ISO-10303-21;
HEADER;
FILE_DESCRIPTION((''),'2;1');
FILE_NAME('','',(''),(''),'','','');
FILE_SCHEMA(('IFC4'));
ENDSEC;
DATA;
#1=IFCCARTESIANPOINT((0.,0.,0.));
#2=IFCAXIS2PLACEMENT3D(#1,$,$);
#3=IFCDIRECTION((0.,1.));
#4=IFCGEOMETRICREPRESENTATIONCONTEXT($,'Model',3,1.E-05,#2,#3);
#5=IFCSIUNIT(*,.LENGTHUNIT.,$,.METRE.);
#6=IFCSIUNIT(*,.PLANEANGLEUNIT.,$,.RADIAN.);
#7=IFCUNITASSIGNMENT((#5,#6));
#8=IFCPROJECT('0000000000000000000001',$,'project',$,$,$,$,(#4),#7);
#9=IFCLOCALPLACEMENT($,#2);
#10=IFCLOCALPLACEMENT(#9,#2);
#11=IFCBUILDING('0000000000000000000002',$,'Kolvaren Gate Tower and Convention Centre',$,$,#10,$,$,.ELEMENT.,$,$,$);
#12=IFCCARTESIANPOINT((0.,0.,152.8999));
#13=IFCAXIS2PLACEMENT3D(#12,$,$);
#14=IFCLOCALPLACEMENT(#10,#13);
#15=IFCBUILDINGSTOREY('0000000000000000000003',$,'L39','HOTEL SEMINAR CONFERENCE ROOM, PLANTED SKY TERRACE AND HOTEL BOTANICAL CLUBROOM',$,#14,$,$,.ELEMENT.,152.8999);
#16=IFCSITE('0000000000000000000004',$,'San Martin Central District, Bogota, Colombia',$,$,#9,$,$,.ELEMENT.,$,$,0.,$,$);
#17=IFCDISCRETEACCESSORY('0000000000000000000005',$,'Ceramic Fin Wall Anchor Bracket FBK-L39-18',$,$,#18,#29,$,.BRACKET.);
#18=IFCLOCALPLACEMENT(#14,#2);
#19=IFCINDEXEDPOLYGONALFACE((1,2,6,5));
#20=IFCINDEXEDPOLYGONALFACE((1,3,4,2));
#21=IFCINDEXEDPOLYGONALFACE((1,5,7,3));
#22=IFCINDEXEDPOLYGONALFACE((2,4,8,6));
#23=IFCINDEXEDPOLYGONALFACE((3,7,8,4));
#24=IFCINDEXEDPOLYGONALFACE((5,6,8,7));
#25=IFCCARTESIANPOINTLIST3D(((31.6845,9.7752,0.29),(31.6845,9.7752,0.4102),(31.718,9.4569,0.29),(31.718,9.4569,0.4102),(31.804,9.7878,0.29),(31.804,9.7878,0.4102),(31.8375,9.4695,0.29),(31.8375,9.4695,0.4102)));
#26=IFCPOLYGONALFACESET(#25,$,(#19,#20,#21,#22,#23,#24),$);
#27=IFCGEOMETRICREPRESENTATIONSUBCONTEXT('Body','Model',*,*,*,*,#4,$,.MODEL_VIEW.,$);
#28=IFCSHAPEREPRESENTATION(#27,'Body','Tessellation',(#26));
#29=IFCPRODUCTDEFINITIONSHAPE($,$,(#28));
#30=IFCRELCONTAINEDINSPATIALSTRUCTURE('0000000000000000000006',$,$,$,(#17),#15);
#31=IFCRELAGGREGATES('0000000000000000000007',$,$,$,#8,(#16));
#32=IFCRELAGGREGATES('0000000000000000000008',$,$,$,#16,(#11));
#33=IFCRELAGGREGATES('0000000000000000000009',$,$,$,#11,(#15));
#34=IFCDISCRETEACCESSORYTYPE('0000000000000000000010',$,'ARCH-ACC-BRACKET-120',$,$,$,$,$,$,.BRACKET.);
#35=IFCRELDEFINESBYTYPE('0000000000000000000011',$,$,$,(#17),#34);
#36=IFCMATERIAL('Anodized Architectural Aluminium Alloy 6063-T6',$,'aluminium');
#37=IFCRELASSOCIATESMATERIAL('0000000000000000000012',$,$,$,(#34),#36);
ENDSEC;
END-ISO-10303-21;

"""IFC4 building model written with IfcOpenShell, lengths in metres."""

from ifc_helpers import new_model, si_unit, direction, frame, origin, origin_2d, place, context, subcontext, project, spatial, rectangle, extrude, material, type_object, element, save


model = new_model("IFC4")

# Units and contexts
model_context = context("Model", 3, precision=1e-05, world=origin(), true_north=direction((0.0, 1.0)))
body_context = subcontext(model_context, "Body", "Model", "MODEL_VIEW")
ifc_project = project(units=[si_unit("LENGTHUNIT", "METRE"), si_unit("PLANEANGLEUNIT", "RADIAN")], contexts=[model_context])

# Site, building, storey
site_placement = place(None, origin())
site = spatial("IfcSite", under=ifc_project, at=site_placement, Name="San Martin Central District, Bogota, Colombia", CompositionType="ELEMENT", RefElevation=0.0)
building_placement = place(site_placement, origin())
building = spatial("IfcBuilding", under=site, at=building_placement, Name="Kolvaren Gate Tower and Convention Centre", CompositionType="ELEMENT")
storey_placement = place(building_placement, frame((0.0, 0.0, 152.8999)))
storey = spatial("IfcBuildingStorey", under=building, at=storey_placement, Name="L39", Description="HOTEL SEMINAR CONFERENCE ROOM, PLANTED SKY TERRACE AND HOTEL BOTANICAL CLUBROOM", CompositionType="ELEMENT", Elevation=152.8999)

# Discrete accessory
ifc_material_1 = material(Name="Anodized Architectural Aluminium Alloy 6063-T6", Category="aluminium")
discrete_accessory_type = type_object("IfcDiscreteAccessoryType", Name="ARCH-ACC-BRACKET-120", PredefinedType="BRACKET", material=ifc_material_1)
discrete_accessory_placement = place(storey_placement, frame((31.761, 9.6223, 0.29), z_axis=(0.0, 0.0, 1.0), x_axis=(0.994499, 0.104744, 0.0)))
element("IfcDiscreteAccessory", 1, at=discrete_accessory_placement, inside=storey, type_object=discrete_accessory_type, Name="Ceramic Fin Wall Anchor Bracket FBK-L39-18", PredefinedType="BRACKET", context=body_context, shape_type="SweptSolid", body=[
    extrude(rectangle(XDim=0.1201, YDim=0.3201, at=origin_2d()), origin(), (0.0, 0.0, 1.0), 0.1201),
])

save(model, "model.ifc")
